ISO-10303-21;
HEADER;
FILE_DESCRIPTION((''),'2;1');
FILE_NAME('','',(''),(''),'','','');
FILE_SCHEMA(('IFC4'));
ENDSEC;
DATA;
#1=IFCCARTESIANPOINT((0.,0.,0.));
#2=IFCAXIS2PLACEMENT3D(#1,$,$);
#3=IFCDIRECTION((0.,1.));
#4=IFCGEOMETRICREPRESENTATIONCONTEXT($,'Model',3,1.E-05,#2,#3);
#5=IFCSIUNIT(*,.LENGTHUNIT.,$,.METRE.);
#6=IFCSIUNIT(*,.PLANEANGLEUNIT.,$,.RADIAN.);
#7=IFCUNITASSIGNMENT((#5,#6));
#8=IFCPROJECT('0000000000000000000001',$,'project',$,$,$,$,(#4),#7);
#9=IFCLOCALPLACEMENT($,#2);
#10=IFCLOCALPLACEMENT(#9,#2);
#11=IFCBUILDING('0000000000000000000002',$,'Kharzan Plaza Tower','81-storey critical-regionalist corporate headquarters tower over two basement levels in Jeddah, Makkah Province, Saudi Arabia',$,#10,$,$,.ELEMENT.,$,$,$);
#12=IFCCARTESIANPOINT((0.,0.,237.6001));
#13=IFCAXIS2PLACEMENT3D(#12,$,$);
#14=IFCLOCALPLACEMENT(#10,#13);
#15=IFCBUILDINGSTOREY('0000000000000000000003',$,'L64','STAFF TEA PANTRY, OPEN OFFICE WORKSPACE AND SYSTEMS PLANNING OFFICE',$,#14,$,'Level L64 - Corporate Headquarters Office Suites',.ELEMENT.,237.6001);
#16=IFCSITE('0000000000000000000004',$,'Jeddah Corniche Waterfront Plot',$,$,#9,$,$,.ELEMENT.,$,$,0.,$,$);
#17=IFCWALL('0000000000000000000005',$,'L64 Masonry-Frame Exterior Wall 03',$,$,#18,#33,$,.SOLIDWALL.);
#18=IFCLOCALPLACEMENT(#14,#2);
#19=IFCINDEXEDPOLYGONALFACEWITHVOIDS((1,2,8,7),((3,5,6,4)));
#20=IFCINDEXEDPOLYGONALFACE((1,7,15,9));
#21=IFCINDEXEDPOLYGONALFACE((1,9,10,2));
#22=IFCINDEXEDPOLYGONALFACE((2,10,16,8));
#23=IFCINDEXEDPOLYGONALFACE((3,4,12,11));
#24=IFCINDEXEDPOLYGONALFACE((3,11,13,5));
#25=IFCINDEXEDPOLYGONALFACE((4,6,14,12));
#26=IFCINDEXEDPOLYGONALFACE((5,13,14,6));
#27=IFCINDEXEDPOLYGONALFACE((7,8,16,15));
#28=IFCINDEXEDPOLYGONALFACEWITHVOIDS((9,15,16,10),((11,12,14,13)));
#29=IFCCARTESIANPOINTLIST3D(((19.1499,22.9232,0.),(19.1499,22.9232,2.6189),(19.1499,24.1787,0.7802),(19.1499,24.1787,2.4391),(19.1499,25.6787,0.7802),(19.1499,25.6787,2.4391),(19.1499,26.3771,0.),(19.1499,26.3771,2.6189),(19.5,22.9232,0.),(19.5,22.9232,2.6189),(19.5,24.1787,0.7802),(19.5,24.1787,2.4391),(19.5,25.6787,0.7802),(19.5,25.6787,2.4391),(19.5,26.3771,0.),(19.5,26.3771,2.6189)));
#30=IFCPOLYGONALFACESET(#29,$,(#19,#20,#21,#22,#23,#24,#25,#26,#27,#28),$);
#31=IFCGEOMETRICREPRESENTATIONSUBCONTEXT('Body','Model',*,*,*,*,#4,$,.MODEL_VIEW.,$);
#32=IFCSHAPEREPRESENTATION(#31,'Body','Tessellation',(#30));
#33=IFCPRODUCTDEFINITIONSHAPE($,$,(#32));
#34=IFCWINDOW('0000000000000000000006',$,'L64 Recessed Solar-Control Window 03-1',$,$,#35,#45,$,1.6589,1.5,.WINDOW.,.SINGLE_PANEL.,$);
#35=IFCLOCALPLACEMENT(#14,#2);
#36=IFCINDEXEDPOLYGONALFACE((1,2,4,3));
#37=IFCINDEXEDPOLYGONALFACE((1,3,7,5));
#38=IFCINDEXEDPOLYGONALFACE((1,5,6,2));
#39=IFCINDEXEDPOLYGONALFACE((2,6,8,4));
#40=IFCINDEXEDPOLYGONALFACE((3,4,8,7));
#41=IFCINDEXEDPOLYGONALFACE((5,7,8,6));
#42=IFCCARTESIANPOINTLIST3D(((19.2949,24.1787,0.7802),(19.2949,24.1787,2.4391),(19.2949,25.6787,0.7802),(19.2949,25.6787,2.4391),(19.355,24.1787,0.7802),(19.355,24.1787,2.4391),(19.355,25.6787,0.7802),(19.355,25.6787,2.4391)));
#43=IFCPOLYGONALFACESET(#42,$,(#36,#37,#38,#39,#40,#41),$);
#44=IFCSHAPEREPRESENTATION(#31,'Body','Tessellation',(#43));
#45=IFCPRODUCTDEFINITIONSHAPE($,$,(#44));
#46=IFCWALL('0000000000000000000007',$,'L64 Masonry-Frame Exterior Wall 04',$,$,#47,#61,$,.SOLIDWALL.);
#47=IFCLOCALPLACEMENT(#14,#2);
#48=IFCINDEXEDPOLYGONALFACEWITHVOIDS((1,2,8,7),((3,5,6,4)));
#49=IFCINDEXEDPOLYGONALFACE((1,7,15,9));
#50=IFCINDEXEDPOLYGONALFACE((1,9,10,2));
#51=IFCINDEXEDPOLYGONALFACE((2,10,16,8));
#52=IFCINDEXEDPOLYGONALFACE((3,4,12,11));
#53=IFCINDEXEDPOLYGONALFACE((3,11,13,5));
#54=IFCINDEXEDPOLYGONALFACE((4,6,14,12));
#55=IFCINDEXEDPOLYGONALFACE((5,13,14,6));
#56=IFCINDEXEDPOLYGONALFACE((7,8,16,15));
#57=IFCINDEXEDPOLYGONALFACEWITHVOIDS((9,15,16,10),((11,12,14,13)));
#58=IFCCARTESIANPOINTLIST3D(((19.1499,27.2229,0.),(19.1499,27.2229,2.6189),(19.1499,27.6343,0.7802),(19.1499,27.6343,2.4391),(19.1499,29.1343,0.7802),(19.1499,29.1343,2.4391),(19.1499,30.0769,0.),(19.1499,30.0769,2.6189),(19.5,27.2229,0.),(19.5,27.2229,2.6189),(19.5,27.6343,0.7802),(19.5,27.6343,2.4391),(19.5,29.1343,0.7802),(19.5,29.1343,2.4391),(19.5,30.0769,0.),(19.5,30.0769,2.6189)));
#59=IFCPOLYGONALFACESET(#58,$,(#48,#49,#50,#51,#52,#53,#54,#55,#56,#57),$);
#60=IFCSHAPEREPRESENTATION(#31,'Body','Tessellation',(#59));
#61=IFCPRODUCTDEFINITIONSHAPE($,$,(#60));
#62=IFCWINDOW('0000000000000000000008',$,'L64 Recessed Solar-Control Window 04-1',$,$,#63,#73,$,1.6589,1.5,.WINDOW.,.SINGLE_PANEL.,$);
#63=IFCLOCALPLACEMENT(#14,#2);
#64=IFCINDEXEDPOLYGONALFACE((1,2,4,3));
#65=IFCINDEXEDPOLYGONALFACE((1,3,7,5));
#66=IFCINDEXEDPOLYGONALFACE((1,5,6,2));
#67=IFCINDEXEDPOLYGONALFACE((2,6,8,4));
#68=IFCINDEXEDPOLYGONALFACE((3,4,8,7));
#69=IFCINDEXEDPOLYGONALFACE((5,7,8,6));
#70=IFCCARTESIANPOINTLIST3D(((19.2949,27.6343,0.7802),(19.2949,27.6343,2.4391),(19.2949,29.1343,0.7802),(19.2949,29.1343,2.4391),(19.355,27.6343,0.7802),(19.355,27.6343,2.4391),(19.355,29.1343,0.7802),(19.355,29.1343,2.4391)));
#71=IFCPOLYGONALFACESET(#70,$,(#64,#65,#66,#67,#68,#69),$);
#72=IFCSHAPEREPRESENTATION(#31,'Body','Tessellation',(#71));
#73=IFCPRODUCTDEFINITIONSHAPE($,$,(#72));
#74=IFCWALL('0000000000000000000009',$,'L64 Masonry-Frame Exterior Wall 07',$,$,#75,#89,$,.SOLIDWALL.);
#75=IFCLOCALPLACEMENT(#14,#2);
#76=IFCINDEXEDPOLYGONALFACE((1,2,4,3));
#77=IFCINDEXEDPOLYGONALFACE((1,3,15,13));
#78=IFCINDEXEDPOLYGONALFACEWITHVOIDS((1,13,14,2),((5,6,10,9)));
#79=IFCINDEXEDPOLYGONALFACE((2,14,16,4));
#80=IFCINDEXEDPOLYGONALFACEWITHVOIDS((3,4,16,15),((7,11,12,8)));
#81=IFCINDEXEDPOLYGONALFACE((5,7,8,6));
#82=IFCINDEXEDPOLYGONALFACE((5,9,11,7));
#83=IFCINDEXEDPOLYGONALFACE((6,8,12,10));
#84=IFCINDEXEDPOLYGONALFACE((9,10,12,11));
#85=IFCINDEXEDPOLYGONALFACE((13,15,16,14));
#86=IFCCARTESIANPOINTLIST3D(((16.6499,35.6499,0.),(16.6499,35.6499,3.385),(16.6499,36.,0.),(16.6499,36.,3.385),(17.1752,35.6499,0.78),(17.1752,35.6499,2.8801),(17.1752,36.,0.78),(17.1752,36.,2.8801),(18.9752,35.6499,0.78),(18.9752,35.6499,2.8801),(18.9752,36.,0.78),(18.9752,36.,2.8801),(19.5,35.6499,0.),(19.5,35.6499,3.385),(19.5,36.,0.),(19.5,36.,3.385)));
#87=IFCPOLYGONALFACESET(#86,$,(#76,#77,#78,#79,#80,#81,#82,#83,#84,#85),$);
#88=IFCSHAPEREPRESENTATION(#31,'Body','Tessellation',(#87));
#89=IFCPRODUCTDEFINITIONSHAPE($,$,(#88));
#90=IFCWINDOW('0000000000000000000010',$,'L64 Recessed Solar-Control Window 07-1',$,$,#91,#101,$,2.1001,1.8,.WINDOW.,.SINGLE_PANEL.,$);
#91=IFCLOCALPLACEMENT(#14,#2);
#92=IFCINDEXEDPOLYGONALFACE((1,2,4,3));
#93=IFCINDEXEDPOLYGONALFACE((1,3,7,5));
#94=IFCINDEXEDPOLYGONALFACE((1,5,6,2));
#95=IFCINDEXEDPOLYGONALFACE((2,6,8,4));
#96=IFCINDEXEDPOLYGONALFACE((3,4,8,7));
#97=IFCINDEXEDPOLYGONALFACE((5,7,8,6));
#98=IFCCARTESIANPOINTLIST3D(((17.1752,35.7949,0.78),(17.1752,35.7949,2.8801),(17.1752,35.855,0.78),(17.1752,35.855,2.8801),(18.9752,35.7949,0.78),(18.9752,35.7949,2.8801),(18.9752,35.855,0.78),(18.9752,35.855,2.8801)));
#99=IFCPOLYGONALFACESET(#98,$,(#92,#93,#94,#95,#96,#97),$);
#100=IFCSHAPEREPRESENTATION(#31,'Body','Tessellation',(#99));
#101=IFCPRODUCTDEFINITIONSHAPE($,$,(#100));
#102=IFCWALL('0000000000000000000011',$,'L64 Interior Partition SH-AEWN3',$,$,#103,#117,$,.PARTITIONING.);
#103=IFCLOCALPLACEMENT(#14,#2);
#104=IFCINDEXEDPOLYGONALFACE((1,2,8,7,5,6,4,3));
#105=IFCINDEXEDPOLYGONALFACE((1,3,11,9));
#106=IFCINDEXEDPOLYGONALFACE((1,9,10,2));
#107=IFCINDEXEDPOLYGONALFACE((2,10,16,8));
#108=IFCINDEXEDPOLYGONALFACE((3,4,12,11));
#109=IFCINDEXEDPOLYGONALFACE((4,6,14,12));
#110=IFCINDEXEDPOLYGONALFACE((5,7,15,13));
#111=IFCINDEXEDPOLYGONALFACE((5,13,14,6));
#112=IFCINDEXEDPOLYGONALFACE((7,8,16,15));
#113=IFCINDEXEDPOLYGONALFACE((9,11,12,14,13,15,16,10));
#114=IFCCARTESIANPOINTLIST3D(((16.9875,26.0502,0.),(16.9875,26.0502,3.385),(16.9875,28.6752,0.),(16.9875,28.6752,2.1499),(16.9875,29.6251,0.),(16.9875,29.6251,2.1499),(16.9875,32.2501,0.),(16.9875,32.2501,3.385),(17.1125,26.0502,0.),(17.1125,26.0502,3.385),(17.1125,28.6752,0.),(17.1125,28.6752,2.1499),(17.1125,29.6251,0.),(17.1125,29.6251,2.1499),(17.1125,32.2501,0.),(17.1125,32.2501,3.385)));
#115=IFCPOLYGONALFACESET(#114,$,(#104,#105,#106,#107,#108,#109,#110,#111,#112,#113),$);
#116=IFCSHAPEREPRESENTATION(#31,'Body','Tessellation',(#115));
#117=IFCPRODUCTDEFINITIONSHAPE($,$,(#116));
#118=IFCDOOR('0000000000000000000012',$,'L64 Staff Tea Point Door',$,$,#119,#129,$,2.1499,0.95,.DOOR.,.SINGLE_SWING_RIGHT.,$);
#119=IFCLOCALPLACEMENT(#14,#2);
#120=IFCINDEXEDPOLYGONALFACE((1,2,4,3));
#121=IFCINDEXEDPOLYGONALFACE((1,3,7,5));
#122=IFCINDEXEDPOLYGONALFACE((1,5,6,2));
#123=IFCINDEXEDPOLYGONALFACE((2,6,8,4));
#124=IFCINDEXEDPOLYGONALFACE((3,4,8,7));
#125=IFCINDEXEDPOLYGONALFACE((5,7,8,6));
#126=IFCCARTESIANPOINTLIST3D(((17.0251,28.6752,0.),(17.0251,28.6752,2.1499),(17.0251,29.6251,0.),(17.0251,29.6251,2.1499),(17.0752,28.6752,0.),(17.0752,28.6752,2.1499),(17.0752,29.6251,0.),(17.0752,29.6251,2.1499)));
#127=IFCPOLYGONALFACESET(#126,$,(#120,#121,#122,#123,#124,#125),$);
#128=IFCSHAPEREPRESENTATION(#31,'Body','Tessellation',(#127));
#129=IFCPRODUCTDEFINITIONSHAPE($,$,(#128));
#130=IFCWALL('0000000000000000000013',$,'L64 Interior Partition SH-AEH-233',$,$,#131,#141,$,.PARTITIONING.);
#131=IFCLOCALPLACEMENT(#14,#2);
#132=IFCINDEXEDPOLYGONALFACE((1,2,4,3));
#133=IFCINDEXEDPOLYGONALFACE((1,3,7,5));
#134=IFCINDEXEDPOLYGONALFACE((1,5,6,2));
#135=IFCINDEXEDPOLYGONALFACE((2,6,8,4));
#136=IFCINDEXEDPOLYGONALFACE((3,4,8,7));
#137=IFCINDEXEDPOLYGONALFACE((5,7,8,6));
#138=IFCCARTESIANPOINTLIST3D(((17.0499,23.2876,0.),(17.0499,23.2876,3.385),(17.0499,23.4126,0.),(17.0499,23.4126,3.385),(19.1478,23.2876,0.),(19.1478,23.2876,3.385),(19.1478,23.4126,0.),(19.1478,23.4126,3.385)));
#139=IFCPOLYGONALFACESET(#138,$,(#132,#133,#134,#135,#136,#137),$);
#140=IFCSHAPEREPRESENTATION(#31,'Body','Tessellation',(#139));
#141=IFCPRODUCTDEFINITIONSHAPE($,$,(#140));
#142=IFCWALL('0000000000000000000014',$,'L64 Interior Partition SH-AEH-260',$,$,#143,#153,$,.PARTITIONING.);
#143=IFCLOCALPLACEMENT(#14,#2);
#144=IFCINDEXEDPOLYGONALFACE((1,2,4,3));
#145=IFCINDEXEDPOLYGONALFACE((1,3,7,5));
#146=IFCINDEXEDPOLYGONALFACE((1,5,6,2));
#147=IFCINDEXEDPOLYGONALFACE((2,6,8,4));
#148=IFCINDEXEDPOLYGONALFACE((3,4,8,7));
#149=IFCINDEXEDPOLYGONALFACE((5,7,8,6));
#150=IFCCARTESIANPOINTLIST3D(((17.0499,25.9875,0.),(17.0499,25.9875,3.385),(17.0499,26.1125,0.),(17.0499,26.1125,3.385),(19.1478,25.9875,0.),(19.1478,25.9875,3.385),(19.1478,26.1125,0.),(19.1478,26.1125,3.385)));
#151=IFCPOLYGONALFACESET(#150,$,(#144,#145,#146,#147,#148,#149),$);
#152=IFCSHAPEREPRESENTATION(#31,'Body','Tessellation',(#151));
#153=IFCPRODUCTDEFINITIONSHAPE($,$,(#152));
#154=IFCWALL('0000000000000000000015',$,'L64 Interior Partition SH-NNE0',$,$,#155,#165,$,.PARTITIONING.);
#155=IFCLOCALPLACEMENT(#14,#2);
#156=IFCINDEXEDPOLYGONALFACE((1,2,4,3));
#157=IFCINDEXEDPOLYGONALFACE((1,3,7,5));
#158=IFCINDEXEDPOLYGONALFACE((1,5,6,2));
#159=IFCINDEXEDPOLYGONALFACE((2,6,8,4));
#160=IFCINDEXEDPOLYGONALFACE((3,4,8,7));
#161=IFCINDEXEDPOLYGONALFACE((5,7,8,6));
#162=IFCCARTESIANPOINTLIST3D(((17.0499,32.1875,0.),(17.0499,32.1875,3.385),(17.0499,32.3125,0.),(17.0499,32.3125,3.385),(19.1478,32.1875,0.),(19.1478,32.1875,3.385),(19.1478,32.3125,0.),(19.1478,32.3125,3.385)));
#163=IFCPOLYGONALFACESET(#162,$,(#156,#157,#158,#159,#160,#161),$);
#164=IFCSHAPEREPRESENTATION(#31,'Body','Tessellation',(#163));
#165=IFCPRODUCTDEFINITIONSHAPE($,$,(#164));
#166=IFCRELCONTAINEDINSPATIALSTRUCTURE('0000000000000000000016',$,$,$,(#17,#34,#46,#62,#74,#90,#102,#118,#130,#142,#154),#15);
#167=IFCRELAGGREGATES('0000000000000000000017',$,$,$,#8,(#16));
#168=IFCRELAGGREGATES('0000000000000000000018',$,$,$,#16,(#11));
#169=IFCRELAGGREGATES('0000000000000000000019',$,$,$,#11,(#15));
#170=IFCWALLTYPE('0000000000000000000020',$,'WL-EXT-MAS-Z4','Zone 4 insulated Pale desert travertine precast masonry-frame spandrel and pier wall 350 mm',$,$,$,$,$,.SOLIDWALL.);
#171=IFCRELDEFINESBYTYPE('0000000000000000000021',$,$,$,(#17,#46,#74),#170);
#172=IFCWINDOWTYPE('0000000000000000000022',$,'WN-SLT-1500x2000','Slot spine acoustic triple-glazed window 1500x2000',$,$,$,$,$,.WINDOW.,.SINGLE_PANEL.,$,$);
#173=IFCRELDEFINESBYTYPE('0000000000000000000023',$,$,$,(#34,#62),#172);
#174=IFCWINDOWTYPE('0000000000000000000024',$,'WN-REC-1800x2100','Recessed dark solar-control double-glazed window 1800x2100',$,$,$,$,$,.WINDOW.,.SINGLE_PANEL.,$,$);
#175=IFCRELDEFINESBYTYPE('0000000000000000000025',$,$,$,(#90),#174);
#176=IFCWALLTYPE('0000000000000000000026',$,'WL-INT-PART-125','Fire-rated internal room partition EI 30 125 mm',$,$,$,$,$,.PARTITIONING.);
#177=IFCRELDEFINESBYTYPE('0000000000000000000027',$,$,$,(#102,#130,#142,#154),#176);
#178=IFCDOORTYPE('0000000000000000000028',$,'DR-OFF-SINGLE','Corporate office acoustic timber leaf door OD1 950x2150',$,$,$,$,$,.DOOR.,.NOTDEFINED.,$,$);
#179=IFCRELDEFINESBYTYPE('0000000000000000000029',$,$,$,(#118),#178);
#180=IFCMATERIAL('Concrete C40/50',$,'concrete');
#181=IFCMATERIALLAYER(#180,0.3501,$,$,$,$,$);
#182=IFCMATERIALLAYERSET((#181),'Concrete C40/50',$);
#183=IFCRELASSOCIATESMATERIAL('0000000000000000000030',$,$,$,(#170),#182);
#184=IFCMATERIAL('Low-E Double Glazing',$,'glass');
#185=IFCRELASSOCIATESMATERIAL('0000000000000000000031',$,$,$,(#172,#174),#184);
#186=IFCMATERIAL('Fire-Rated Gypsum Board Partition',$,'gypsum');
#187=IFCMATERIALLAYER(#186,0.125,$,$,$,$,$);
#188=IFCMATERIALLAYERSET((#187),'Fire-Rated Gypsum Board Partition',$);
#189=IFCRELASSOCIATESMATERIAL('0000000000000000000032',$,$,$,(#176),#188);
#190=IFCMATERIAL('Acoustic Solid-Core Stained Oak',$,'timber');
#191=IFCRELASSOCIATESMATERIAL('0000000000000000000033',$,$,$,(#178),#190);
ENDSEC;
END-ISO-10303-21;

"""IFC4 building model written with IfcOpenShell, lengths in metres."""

from ifc_helpers import new_model, si_unit, direction, frame, frame_2d, origin, place, context, subcontext, project, spatial, rectangle, extrude, source, transform, mapped, material, layer, layer_set, type_object, element, fill, save


model = new_model("IFC4")

# Units and contexts
model_context = context("Model", 3, precision=1e-05, world=origin(), true_north=direction((0.0, 1.0)))
body_context = subcontext(model_context, "Body", "Model", "MODEL_VIEW")
ifc_project = project(units=[si_unit("LENGTHUNIT", "METRE"), si_unit("PLANEANGLEUNIT", "RADIAN")], contexts=[model_context])

# Site, building, storey
site_placement = place(None, origin())
site = spatial("IfcSite", under=ifc_project, at=site_placement, Name="Jeddah Corniche Waterfront Plot", CompositionType="ELEMENT", RefElevation=0.0)
building_placement = place(site_placement, origin())
building = spatial("IfcBuilding", under=site, at=building_placement, Name="Kharzan Plaza Tower", Description="81-storey critical-regionalist corporate headquarters tower over two basement levels in Jeddah, Makkah Province, Saudi Arabia", CompositionType="ELEMENT")
storey_placement = place(building_placement, frame((0.0, 0.0, 237.6001)))
storey = spatial("IfcBuildingStorey", under=building, at=storey_placement, Name="L64", Description="STAFF TEA PANTRY, OPEN OFFICE WORKSPACE AND SYSTEMS PLANNING OFFICE", LongName="Level L64 - Corporate Headquarters Office Suites", CompositionType="ELEMENT", Elevation=237.6001)

# Walls, openings, windows
ifc_material_1 = material(Name="Concrete C40/50", Category="concrete")
ifc_layer_1 = layer(ifc_material_1, 0.3501)
ifc_layer_set_1 = layer_set([ifc_layer_1], Name="Concrete C40/50")
wall_type_1 = type_object("IfcWallType", Name="WL-EXT-MAS-Z4", Description="Zone 4 insulated Pale desert travertine precast masonry-frame spandrel and pier wall 350 mm", PredefinedType="SOLIDWALL", material=ifc_layer_set_1)
ifc_material_2 = material(Name="Low-E Double Glazing", Category="glass")
wall_1_placement = place(storey_placement, frame((19.325, 22.9231, 0.0), z_axis=(0.0, 0.0, 1.0), x_axis=(0.0, 1.0, 0.0)))
wall_1 = element("IfcWall", 1, at=wall_1_placement, inside=storey, type_object=wall_type_1, Name="L64 Masonry-Frame Exterior Wall 03", PredefinedType="SOLIDWALL", context=body_context, shape_type="SweptSolid", body=[
    extrude(rectangle(XDim=3.4539, YDim=0.3501, at=frame_2d((1.7271, 0.0))), origin(), (0.0, 0.0, 1.0), 2.6189),
])
opening_1_placement = place(wall_1_placement, frame((1.2556, 0.0, 0.78)))
opening_1 = element("IfcOpeningElement", 2, at=opening_1_placement, cuts=wall_1, PredefinedType="OPENING", context=body_context, shape_type="SweptSolid", body=[
    extrude(rectangle(XDim=1.5, YDim=1.6589, at=frame_2d((0.75, 0.8296))), frame((0.0, 0.1851, 0.0), z_axis=(0.0, -1.0, 0.0), x_axis=(1.0, 0.0, 0.0)), (0.0, 0.0, 1.0), 0.3701),
])
window_type_1 = type_object("IfcWindowType", Name="WN-SLT-1500x2000", Description="Slot spine acoustic triple-glazed window 1500x2000", PartitioningType="SINGLE_PANEL", PredefinedType="WINDOW", material=ifc_material_2)
shared_shape_1 = source(origin(), body_context, "Body", "SweptSolid", [
    extrude(rectangle(XDim=1.5, YDim=1.6589, at=frame_2d((0.75, 0.8296))), frame((0.0, 0.03, 0.0), z_axis=(0.0, -1.0, 0.0), x_axis=(1.0, 0.0, 0.0)), (0.0, 0.0, 1.0), 0.0601),
])
window_1_placement = place(opening_1_placement, origin())
window_1 = element("IfcWindow", 3, at=window_1_placement, inside=storey, type_object=window_type_1, Name="L64 Recessed Solar-Control Window 03-1", OverallHeight=1.6589, OverallWidth=1.5, PartitioningType="SINGLE_PANEL", PredefinedType="WINDOW", context=body_context, shape_type="MappedRepresentation", body=[
    mapped(shared_shape_1, transform((0.0, 0.0, 0.0), x_axis=(1.0, 0.0, 0.0), y_axis=(0.0, 1.0, 0.0), z_axis=(0.0, 0.0, 1.0))),
])
fill(opening_1, window_1)
wall_2_placement = place(storey_placement, frame((19.325, 27.2229, 0.0), z_axis=(0.0, 0.0, 1.0), x_axis=(0.0, 1.0, 0.0)))
wall_2 = element("IfcWall", 4, at=wall_2_placement, inside=storey, type_object=wall_type_1, Name="L64 Masonry-Frame Exterior Wall 04", PredefinedType="SOLIDWALL", context=body_context, shape_type="SweptSolid", body=[
    extrude(rectangle(XDim=2.854, YDim=0.3501, at=frame_2d((1.427, 0.0))), origin(), (0.0, 0.0, 1.0), 2.6189),
])
opening_2_placement = place(wall_2_placement, frame((0.4114, 0.0, 0.78)))
opening_2 = element("IfcOpeningElement", 5, at=opening_2_placement, cuts=wall_2, PredefinedType="OPENING", context=body_context, shape_type="SweptSolid", body=[
    extrude(rectangle(XDim=1.5, YDim=1.6589, at=frame_2d((0.75, 0.8296))), frame((0.0, 0.1851, 0.0), z_axis=(0.0, -1.0, 0.0), x_axis=(1.0, 0.0, 0.0)), (0.0, 0.0, 1.0), 0.3701),
])
window_2_placement = place(opening_2_placement, origin())
window_2 = element("IfcWindow", 6, at=window_2_placement, inside=storey, type_object=window_type_1, Name="L64 Recessed Solar-Control Window 04-1", OverallHeight=1.6589, OverallWidth=1.5, PartitioningType="SINGLE_PANEL", PredefinedType="WINDOW", context=body_context, shape_type="MappedRepresentation", body=[
    mapped(shared_shape_1, transform((0.0, 0.0, 0.0), x_axis=(1.0, 0.0, 0.0), y_axis=(0.0, 1.0, 0.0), z_axis=(0.0, 0.0, 1.0))),
])
fill(opening_2, window_2)

# Wall, opening, window
wall_3_placement = place(storey_placement, frame((19.5, 35.825, 0.0), z_axis=(0.0, 0.0, 1.0), x_axis=(-1.0, 0.0, 0.0)))
wall_3 = element("IfcWall", 7, at=wall_3_placement, inside=storey, type_object=wall_type_1, Name="L64 Masonry-Frame Exterior Wall 07", PredefinedType="SOLIDWALL", context=body_context, shape_type="SweptSolid", body=[
    extrude(rectangle(XDim=2.8501, YDim=0.3501, at=frame_2d((1.425, 0.0))), origin(), (0.0, 0.0, 1.0), 3.385),
])
opening_3_placement = place(wall_3_placement, frame((0.5249, 0.0, 0.78)))
opening_3 = element("IfcOpeningElement", 8, at=opening_3_placement, cuts=wall_3, PredefinedType="OPENING", context=body_context, shape_type="SweptSolid", body=[
    extrude(rectangle(XDim=1.8, YDim=2.1001, at=frame_2d((0.8999, 1.05))), frame((0.0, 0.1851, 0.0), z_axis=(0.0, -1.0, 0.0), x_axis=(1.0, 0.0, 0.0)), (0.0, 0.0, 1.0), 0.3701),
])
window_type_2 = type_object("IfcWindowType", Name="WN-REC-1800x2100", Description="Recessed dark solar-control double-glazed window 1800x2100", PartitioningType="SINGLE_PANEL", PredefinedType="WINDOW", material=ifc_material_2)
shared_shape_2 = source(origin(), body_context, "Body", "SweptSolid", [
    extrude(rectangle(XDim=1.8, YDim=2.1001, at=frame_2d((0.8999, 1.05))), frame((0.0, 0.03, 0.0), z_axis=(0.0, -1.0, 0.0), x_axis=(1.0, 0.0, 0.0)), (0.0, 0.0, 1.0), 0.0601),
])
window_3_placement = place(opening_3_placement, origin())
window_3 = element("IfcWindow", 9, at=window_3_placement, inside=storey, type_object=window_type_2, Name="L64 Recessed Solar-Control Window 07-1", OverallHeight=2.1001, OverallWidth=1.8, PartitioningType="SINGLE_PANEL", PredefinedType="WINDOW", context=body_context, shape_type="MappedRepresentation", body=[
    mapped(shared_shape_2, transform((0.0, 0.0, 0.0), x_axis=(1.0, 0.0, 0.0), y_axis=(0.0, 1.0, 0.0), z_axis=(0.0, 0.0, 1.0))),
])
fill(opening_3, window_3)

# Wall, opening, door
ifc_material_3 = material(Name="Fire-Rated Gypsum Board Partition", Category="gypsum")
ifc_layer_2 = layer(ifc_material_3, 0.125)
ifc_layer_set_2 = layer_set([ifc_layer_2], Name="Fire-Rated Gypsum Board Partition")
wall_type_2 = type_object("IfcWallType", Name="WL-INT-PART-125", Description="Fire-rated internal room partition EI 30 125 mm", PredefinedType="PARTITIONING", material=ifc_layer_set_2)
wall_4_placement = place(storey_placement, frame((17.05, 26.05, 0.0), z_axis=(0.0, 0.0, 1.0), x_axis=(0.0, 1.0, 0.0)))
wall_4 = element("IfcWall", 10, at=wall_4_placement, inside=storey, type_object=wall_type_2, Name="L64 Interior Partition SH-AEWN3", PredefinedType="PARTITIONING", context=body_context, shape_type="SweptSolid", body=[
    extrude(rectangle(XDim=6.2, YDim=0.125, at=frame_2d((3.1001, 0.0))), origin(), (0.0, 0.0, 1.0), 3.385),
])
opening_4_placement = place(wall_4_placement, frame((2.625, 0.0, 0.0)))
opening_4 = element("IfcOpeningElement", 11, at=opening_4_placement, cuts=wall_4, PredefinedType="OPENING", context=body_context, shape_type="SweptSolid", body=[
    extrude(rectangle(XDim=0.95, YDim=2.1499, at=frame_2d((0.4751, 1.075))), frame((0.0, 0.0725, 0.0), z_axis=(0.0, -1.0, 0.0), x_axis=(1.0, 0.0, 0.0)), (0.0, 0.0, 1.0), 0.145),
])
ifc_material_4 = material(Name="Acoustic Solid-Core Stained Oak", Category="timber")
door_type_1 = type_object("IfcDoorType", Name="DR-OFF-SINGLE", Description="Corporate office acoustic timber leaf door OD1 950x2150", OperationType="NOTDEFINED", PredefinedType="DOOR", material=ifc_material_4)
shared_shape_3 = source(origin(), body_context, "Body", "SweptSolid", [
    extrude(rectangle(XDim=0.95, YDim=2.1499, at=frame_2d((0.4751, 1.075))), frame((0.0, 0.0249, 0.0), z_axis=(0.0, -1.0, 0.0), x_axis=(1.0, 0.0, 0.0)), (0.0, 0.0, 1.0), 0.05),
])
door_1_placement = place(opening_4_placement, origin())
door_1 = element("IfcDoor", 12, at=door_1_placement, inside=storey, type_object=door_type_1, Name="L64 Staff Tea Point Door", OperationType="SINGLE_SWING_RIGHT", OverallHeight=2.1499, OverallWidth=0.95, PredefinedType="DOOR", context=body_context, shape_type="MappedRepresentation", body=[
    mapped(shared_shape_3, transform((0.0, 0.0, 0.0), x_axis=(1.0, 0.0, 0.0), y_axis=(0.0, 1.0, 0.0), z_axis=(0.0, 0.0, 1.0))),
])
fill(opening_4, door_1)

# Walls
shared_shape_4 = source(origin(), body_context, "Body", "SweptSolid", [
    extrude(rectangle(XDim=2.0979, YDim=0.125, at=frame_2d((1.0488, 0.0))), origin(), (0.0, 0.0, 1.0), 3.385),
])
for number, where, z_axis, x_axis, name in (
    (13, (17.05, 23.3501, 0.0), (0.0, 0.0, 1.0), (1.0, 0.0, 0.0), "L64 Interior Partition SH-AEH-233"),
    (14, (17.05, 26.05, 0.0), (0.0, 0.0, 1.0), (1.0, 0.0, 0.0), "L64 Interior Partition SH-AEH-260"),
    (15, (17.05, 32.25, 0.0), (0.0, 0.0, 1.0), (1.0, 0.0, 0.0), "L64 Interior Partition SH-NNE0"),
):
    element("IfcWall", number, at=place(storey_placement, frame(where, z_axis=z_axis, x_axis=x_axis)), inside=storey, type_object=wall_type_2, Name=name, PredefinedType="PARTITIONING", context=body_context, shape_type="MappedRepresentation", body=[
        mapped(shared_shape_4, transform((0.0, 0.0, 0.0), x_axis=(1.0, 0.0, 0.0), y_axis=(0.0, 1.0, 0.0), z_axis=(0.0, 0.0, 1.0))),
    ])

save(model, "model.ifc")
